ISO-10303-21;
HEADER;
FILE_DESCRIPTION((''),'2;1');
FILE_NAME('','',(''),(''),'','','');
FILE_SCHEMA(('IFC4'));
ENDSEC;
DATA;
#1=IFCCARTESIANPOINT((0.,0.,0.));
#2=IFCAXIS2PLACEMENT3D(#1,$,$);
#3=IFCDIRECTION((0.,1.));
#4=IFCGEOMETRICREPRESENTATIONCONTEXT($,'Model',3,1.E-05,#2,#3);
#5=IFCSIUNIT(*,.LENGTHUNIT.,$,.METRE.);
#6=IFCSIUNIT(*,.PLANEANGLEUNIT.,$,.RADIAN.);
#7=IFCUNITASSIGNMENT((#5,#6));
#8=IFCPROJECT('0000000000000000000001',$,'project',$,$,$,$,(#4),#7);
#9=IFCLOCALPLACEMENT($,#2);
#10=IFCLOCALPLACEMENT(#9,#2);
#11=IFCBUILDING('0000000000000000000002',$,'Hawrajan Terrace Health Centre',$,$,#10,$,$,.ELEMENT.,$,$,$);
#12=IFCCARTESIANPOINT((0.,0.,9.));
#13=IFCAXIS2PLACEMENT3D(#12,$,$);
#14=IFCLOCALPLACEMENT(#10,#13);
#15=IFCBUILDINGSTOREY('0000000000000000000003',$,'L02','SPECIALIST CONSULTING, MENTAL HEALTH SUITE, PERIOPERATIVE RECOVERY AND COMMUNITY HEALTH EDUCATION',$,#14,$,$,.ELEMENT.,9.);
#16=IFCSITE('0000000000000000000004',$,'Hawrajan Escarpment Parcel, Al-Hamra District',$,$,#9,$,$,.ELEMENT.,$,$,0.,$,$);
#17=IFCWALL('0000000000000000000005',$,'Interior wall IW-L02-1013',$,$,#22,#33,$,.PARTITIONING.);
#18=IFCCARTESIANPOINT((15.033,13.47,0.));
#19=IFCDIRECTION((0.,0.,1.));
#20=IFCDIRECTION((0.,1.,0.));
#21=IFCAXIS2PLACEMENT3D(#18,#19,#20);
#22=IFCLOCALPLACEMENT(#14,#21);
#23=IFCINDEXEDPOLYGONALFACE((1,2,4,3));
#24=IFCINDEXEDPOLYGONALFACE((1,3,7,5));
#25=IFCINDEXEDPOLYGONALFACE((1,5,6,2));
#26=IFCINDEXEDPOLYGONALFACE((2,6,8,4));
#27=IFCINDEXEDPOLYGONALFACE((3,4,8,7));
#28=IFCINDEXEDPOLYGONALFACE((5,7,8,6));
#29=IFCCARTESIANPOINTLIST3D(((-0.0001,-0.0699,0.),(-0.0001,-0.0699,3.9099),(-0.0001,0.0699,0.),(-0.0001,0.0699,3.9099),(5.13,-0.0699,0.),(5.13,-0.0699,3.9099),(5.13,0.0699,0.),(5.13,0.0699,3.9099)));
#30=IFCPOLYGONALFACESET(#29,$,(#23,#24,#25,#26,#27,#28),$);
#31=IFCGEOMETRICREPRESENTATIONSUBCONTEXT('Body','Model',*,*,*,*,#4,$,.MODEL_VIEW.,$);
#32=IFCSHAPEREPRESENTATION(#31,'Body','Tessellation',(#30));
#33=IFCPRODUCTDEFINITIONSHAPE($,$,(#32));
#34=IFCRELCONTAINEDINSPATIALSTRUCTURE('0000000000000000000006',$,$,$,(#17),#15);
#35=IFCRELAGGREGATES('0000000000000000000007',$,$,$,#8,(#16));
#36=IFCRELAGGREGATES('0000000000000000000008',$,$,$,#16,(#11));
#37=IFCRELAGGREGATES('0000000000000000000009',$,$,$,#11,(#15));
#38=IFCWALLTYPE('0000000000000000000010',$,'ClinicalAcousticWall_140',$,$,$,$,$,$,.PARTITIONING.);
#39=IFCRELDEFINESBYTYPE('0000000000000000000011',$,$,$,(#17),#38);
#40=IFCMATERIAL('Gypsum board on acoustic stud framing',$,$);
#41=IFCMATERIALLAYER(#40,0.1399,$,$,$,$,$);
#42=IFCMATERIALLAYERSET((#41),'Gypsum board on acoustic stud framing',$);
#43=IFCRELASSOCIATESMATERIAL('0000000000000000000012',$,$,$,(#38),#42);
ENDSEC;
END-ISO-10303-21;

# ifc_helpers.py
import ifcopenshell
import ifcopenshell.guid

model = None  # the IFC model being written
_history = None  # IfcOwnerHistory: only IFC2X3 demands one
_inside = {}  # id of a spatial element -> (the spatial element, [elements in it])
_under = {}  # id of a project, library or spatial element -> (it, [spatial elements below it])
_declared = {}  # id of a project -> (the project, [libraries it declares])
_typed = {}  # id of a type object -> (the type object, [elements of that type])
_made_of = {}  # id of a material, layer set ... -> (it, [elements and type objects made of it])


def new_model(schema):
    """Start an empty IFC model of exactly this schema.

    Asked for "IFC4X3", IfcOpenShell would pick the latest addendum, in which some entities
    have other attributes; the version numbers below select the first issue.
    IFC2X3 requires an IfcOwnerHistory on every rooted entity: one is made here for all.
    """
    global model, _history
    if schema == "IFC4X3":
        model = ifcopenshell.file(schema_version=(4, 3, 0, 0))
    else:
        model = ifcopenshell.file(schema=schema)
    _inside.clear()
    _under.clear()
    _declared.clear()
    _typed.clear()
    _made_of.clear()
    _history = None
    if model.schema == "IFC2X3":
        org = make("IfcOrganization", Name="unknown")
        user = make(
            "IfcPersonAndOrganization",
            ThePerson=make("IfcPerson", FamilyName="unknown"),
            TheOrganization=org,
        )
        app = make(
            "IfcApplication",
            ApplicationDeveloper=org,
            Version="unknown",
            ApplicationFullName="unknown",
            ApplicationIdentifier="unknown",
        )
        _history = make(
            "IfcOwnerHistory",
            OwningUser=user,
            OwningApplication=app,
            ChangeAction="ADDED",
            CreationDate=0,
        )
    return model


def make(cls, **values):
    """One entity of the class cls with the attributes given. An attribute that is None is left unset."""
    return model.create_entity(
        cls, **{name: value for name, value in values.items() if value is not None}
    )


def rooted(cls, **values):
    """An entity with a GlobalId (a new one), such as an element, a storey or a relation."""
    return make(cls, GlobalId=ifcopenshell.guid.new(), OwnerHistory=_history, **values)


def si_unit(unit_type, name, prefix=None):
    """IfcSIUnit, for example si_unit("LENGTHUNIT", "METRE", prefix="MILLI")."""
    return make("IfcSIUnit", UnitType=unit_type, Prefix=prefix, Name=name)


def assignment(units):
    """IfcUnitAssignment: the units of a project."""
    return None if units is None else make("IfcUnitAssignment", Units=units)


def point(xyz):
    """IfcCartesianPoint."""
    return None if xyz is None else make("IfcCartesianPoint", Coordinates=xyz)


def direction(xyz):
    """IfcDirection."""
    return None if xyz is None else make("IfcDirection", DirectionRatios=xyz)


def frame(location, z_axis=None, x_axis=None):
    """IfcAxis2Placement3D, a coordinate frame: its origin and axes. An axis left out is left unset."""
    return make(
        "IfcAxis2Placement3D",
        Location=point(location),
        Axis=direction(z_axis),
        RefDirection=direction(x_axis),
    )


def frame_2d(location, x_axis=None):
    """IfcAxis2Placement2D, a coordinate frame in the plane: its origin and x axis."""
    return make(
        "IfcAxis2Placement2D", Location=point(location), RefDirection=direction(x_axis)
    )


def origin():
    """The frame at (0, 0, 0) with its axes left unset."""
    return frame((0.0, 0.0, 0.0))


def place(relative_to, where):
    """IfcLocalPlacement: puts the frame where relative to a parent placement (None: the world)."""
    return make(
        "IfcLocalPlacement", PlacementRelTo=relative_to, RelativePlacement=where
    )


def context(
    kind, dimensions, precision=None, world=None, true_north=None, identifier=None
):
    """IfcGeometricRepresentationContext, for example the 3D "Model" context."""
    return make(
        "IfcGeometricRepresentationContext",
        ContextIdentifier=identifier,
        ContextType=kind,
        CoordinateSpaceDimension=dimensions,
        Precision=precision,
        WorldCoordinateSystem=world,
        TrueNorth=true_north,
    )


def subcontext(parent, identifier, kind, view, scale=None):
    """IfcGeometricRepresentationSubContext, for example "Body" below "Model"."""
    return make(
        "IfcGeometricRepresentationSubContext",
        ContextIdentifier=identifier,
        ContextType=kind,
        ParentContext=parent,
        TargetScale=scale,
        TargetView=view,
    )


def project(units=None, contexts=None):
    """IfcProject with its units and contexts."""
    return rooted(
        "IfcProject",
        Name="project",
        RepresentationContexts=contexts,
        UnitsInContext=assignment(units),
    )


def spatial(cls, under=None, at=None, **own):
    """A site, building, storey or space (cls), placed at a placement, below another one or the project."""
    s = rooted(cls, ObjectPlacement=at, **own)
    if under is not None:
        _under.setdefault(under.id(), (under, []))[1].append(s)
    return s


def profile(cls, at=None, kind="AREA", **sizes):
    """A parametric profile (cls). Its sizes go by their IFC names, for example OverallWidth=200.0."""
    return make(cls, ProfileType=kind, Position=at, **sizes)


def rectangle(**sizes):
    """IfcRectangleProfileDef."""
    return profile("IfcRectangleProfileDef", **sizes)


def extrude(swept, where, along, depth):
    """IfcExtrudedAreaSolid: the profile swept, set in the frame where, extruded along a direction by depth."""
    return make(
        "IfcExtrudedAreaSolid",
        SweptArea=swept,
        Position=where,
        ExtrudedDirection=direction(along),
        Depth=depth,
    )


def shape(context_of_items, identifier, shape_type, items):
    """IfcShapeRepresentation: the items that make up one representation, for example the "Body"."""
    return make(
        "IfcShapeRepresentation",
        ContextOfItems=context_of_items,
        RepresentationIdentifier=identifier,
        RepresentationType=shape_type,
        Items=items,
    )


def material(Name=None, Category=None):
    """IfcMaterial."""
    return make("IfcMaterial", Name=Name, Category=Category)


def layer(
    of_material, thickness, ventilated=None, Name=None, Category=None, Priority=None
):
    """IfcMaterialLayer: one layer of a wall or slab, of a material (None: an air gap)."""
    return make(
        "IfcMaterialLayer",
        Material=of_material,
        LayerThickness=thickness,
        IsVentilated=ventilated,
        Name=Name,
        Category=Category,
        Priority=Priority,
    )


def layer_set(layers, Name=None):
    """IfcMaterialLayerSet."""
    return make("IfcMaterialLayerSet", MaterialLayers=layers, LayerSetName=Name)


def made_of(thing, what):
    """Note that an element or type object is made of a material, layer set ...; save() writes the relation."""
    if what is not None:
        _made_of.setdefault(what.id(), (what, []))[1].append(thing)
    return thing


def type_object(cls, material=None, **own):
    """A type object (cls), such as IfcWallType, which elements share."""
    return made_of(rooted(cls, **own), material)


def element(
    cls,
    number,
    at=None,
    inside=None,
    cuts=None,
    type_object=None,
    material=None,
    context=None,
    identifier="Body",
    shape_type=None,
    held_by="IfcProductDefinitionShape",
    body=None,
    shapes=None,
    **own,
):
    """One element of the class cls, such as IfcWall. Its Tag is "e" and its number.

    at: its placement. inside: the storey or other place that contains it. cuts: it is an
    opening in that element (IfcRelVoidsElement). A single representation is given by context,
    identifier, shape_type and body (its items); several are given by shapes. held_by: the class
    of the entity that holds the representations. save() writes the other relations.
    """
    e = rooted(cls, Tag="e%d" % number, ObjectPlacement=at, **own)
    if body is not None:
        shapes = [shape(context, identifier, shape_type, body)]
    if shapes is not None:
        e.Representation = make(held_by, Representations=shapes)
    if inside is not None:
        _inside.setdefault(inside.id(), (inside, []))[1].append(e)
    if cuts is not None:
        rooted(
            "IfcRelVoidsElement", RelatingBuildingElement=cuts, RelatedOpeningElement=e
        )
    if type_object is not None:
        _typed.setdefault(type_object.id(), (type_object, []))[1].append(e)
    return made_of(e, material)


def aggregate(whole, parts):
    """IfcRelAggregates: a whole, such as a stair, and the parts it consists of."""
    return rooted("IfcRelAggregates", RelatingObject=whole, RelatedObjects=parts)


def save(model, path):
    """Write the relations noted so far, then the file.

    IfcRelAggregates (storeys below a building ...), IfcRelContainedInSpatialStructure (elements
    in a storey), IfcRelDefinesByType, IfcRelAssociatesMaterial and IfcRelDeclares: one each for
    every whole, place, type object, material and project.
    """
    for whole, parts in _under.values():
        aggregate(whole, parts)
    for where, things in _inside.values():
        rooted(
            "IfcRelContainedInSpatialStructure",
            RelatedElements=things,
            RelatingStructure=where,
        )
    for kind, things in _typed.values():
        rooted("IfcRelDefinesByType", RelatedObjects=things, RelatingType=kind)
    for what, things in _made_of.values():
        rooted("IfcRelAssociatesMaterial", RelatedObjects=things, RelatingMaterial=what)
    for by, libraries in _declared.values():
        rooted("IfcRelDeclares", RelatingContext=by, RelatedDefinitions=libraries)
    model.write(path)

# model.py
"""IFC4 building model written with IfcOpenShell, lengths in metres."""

from ifc_helpers import new_model, si_unit, direction, frame, frame_2d, origin, place, context, subcontext, project, spatial, rectangle, extrude, material, layer, layer_set, type_object, element, save


model = new_model("IFC4")

# Units and contexts
model_context = context("Model", 3, precision=1e-05, world=origin(), true_north=direction((0.0, 1.0)))
body_context = subcontext(model_context, "Body", "Model", "MODEL_VIEW")
ifc_project = project(units=[si_unit("LENGTHUNIT", "METRE"), si_unit("PLANEANGLEUNIT", "RADIAN")], contexts=[model_context])

# Site, building, storey
site_placement = place(None, origin())
site = spatial("IfcSite", under=ifc_project, at=site_placement, Name="Hawrajan Escarpment Parcel, Al-Hamra District", CompositionType="ELEMENT", RefElevation=0.0)
building_placement = place(site_placement, origin())
building = spatial("IfcBuilding", under=site, at=building_placement, Name="Hawrajan Terrace Health Centre", CompositionType="ELEMENT")
storey_placement = place(building_placement, frame((0.0, 0.0, 9.0)))
storey = spatial("IfcBuildingStorey", under=building, at=storey_placement, Name="L02", Description="SPECIALIST CONSULTING, MENTAL HEALTH SUITE, PERIOPERATIVE RECOVERY AND COMMUNITY HEALTH EDUCATION", CompositionType="ELEMENT", Elevation=9.0)

# Wall
ifc_material_1 = material(Name="Gypsum board on acoustic stud framing")
ifc_layer_1 = layer(ifc_material_1, 0.1399)
ifc_layer_set_1 = layer_set([ifc_layer_1], Name="Gypsum board on acoustic stud framing")
wall_type_1 = type_object("IfcWallType", Name="ClinicalAcousticWall_140", PredefinedType="PARTITIONING", material=ifc_layer_set_1)
wall_1_placement = place(storey_placement, frame((15.033, 13.47, 0.0), z_axis=(0.0, 0.0, 1.0), x_axis=(0.0, 1.0, 0.0)))
element("IfcWall", 1, at=wall_1_placement, inside=storey, type_object=wall_type_1, Name="Interior wall IW-L02-1013", PredefinedType="PARTITIONING", context=body_context, shape_type="SweptSolid", body=[
    extrude(rectangle(XDim=5.1301, YDim=0.1399, at=frame_2d((2.5649, 0.0))), origin(), (0.0, 0.0, 1.0), 3.9099),
])

save(model, "model.ifc")
